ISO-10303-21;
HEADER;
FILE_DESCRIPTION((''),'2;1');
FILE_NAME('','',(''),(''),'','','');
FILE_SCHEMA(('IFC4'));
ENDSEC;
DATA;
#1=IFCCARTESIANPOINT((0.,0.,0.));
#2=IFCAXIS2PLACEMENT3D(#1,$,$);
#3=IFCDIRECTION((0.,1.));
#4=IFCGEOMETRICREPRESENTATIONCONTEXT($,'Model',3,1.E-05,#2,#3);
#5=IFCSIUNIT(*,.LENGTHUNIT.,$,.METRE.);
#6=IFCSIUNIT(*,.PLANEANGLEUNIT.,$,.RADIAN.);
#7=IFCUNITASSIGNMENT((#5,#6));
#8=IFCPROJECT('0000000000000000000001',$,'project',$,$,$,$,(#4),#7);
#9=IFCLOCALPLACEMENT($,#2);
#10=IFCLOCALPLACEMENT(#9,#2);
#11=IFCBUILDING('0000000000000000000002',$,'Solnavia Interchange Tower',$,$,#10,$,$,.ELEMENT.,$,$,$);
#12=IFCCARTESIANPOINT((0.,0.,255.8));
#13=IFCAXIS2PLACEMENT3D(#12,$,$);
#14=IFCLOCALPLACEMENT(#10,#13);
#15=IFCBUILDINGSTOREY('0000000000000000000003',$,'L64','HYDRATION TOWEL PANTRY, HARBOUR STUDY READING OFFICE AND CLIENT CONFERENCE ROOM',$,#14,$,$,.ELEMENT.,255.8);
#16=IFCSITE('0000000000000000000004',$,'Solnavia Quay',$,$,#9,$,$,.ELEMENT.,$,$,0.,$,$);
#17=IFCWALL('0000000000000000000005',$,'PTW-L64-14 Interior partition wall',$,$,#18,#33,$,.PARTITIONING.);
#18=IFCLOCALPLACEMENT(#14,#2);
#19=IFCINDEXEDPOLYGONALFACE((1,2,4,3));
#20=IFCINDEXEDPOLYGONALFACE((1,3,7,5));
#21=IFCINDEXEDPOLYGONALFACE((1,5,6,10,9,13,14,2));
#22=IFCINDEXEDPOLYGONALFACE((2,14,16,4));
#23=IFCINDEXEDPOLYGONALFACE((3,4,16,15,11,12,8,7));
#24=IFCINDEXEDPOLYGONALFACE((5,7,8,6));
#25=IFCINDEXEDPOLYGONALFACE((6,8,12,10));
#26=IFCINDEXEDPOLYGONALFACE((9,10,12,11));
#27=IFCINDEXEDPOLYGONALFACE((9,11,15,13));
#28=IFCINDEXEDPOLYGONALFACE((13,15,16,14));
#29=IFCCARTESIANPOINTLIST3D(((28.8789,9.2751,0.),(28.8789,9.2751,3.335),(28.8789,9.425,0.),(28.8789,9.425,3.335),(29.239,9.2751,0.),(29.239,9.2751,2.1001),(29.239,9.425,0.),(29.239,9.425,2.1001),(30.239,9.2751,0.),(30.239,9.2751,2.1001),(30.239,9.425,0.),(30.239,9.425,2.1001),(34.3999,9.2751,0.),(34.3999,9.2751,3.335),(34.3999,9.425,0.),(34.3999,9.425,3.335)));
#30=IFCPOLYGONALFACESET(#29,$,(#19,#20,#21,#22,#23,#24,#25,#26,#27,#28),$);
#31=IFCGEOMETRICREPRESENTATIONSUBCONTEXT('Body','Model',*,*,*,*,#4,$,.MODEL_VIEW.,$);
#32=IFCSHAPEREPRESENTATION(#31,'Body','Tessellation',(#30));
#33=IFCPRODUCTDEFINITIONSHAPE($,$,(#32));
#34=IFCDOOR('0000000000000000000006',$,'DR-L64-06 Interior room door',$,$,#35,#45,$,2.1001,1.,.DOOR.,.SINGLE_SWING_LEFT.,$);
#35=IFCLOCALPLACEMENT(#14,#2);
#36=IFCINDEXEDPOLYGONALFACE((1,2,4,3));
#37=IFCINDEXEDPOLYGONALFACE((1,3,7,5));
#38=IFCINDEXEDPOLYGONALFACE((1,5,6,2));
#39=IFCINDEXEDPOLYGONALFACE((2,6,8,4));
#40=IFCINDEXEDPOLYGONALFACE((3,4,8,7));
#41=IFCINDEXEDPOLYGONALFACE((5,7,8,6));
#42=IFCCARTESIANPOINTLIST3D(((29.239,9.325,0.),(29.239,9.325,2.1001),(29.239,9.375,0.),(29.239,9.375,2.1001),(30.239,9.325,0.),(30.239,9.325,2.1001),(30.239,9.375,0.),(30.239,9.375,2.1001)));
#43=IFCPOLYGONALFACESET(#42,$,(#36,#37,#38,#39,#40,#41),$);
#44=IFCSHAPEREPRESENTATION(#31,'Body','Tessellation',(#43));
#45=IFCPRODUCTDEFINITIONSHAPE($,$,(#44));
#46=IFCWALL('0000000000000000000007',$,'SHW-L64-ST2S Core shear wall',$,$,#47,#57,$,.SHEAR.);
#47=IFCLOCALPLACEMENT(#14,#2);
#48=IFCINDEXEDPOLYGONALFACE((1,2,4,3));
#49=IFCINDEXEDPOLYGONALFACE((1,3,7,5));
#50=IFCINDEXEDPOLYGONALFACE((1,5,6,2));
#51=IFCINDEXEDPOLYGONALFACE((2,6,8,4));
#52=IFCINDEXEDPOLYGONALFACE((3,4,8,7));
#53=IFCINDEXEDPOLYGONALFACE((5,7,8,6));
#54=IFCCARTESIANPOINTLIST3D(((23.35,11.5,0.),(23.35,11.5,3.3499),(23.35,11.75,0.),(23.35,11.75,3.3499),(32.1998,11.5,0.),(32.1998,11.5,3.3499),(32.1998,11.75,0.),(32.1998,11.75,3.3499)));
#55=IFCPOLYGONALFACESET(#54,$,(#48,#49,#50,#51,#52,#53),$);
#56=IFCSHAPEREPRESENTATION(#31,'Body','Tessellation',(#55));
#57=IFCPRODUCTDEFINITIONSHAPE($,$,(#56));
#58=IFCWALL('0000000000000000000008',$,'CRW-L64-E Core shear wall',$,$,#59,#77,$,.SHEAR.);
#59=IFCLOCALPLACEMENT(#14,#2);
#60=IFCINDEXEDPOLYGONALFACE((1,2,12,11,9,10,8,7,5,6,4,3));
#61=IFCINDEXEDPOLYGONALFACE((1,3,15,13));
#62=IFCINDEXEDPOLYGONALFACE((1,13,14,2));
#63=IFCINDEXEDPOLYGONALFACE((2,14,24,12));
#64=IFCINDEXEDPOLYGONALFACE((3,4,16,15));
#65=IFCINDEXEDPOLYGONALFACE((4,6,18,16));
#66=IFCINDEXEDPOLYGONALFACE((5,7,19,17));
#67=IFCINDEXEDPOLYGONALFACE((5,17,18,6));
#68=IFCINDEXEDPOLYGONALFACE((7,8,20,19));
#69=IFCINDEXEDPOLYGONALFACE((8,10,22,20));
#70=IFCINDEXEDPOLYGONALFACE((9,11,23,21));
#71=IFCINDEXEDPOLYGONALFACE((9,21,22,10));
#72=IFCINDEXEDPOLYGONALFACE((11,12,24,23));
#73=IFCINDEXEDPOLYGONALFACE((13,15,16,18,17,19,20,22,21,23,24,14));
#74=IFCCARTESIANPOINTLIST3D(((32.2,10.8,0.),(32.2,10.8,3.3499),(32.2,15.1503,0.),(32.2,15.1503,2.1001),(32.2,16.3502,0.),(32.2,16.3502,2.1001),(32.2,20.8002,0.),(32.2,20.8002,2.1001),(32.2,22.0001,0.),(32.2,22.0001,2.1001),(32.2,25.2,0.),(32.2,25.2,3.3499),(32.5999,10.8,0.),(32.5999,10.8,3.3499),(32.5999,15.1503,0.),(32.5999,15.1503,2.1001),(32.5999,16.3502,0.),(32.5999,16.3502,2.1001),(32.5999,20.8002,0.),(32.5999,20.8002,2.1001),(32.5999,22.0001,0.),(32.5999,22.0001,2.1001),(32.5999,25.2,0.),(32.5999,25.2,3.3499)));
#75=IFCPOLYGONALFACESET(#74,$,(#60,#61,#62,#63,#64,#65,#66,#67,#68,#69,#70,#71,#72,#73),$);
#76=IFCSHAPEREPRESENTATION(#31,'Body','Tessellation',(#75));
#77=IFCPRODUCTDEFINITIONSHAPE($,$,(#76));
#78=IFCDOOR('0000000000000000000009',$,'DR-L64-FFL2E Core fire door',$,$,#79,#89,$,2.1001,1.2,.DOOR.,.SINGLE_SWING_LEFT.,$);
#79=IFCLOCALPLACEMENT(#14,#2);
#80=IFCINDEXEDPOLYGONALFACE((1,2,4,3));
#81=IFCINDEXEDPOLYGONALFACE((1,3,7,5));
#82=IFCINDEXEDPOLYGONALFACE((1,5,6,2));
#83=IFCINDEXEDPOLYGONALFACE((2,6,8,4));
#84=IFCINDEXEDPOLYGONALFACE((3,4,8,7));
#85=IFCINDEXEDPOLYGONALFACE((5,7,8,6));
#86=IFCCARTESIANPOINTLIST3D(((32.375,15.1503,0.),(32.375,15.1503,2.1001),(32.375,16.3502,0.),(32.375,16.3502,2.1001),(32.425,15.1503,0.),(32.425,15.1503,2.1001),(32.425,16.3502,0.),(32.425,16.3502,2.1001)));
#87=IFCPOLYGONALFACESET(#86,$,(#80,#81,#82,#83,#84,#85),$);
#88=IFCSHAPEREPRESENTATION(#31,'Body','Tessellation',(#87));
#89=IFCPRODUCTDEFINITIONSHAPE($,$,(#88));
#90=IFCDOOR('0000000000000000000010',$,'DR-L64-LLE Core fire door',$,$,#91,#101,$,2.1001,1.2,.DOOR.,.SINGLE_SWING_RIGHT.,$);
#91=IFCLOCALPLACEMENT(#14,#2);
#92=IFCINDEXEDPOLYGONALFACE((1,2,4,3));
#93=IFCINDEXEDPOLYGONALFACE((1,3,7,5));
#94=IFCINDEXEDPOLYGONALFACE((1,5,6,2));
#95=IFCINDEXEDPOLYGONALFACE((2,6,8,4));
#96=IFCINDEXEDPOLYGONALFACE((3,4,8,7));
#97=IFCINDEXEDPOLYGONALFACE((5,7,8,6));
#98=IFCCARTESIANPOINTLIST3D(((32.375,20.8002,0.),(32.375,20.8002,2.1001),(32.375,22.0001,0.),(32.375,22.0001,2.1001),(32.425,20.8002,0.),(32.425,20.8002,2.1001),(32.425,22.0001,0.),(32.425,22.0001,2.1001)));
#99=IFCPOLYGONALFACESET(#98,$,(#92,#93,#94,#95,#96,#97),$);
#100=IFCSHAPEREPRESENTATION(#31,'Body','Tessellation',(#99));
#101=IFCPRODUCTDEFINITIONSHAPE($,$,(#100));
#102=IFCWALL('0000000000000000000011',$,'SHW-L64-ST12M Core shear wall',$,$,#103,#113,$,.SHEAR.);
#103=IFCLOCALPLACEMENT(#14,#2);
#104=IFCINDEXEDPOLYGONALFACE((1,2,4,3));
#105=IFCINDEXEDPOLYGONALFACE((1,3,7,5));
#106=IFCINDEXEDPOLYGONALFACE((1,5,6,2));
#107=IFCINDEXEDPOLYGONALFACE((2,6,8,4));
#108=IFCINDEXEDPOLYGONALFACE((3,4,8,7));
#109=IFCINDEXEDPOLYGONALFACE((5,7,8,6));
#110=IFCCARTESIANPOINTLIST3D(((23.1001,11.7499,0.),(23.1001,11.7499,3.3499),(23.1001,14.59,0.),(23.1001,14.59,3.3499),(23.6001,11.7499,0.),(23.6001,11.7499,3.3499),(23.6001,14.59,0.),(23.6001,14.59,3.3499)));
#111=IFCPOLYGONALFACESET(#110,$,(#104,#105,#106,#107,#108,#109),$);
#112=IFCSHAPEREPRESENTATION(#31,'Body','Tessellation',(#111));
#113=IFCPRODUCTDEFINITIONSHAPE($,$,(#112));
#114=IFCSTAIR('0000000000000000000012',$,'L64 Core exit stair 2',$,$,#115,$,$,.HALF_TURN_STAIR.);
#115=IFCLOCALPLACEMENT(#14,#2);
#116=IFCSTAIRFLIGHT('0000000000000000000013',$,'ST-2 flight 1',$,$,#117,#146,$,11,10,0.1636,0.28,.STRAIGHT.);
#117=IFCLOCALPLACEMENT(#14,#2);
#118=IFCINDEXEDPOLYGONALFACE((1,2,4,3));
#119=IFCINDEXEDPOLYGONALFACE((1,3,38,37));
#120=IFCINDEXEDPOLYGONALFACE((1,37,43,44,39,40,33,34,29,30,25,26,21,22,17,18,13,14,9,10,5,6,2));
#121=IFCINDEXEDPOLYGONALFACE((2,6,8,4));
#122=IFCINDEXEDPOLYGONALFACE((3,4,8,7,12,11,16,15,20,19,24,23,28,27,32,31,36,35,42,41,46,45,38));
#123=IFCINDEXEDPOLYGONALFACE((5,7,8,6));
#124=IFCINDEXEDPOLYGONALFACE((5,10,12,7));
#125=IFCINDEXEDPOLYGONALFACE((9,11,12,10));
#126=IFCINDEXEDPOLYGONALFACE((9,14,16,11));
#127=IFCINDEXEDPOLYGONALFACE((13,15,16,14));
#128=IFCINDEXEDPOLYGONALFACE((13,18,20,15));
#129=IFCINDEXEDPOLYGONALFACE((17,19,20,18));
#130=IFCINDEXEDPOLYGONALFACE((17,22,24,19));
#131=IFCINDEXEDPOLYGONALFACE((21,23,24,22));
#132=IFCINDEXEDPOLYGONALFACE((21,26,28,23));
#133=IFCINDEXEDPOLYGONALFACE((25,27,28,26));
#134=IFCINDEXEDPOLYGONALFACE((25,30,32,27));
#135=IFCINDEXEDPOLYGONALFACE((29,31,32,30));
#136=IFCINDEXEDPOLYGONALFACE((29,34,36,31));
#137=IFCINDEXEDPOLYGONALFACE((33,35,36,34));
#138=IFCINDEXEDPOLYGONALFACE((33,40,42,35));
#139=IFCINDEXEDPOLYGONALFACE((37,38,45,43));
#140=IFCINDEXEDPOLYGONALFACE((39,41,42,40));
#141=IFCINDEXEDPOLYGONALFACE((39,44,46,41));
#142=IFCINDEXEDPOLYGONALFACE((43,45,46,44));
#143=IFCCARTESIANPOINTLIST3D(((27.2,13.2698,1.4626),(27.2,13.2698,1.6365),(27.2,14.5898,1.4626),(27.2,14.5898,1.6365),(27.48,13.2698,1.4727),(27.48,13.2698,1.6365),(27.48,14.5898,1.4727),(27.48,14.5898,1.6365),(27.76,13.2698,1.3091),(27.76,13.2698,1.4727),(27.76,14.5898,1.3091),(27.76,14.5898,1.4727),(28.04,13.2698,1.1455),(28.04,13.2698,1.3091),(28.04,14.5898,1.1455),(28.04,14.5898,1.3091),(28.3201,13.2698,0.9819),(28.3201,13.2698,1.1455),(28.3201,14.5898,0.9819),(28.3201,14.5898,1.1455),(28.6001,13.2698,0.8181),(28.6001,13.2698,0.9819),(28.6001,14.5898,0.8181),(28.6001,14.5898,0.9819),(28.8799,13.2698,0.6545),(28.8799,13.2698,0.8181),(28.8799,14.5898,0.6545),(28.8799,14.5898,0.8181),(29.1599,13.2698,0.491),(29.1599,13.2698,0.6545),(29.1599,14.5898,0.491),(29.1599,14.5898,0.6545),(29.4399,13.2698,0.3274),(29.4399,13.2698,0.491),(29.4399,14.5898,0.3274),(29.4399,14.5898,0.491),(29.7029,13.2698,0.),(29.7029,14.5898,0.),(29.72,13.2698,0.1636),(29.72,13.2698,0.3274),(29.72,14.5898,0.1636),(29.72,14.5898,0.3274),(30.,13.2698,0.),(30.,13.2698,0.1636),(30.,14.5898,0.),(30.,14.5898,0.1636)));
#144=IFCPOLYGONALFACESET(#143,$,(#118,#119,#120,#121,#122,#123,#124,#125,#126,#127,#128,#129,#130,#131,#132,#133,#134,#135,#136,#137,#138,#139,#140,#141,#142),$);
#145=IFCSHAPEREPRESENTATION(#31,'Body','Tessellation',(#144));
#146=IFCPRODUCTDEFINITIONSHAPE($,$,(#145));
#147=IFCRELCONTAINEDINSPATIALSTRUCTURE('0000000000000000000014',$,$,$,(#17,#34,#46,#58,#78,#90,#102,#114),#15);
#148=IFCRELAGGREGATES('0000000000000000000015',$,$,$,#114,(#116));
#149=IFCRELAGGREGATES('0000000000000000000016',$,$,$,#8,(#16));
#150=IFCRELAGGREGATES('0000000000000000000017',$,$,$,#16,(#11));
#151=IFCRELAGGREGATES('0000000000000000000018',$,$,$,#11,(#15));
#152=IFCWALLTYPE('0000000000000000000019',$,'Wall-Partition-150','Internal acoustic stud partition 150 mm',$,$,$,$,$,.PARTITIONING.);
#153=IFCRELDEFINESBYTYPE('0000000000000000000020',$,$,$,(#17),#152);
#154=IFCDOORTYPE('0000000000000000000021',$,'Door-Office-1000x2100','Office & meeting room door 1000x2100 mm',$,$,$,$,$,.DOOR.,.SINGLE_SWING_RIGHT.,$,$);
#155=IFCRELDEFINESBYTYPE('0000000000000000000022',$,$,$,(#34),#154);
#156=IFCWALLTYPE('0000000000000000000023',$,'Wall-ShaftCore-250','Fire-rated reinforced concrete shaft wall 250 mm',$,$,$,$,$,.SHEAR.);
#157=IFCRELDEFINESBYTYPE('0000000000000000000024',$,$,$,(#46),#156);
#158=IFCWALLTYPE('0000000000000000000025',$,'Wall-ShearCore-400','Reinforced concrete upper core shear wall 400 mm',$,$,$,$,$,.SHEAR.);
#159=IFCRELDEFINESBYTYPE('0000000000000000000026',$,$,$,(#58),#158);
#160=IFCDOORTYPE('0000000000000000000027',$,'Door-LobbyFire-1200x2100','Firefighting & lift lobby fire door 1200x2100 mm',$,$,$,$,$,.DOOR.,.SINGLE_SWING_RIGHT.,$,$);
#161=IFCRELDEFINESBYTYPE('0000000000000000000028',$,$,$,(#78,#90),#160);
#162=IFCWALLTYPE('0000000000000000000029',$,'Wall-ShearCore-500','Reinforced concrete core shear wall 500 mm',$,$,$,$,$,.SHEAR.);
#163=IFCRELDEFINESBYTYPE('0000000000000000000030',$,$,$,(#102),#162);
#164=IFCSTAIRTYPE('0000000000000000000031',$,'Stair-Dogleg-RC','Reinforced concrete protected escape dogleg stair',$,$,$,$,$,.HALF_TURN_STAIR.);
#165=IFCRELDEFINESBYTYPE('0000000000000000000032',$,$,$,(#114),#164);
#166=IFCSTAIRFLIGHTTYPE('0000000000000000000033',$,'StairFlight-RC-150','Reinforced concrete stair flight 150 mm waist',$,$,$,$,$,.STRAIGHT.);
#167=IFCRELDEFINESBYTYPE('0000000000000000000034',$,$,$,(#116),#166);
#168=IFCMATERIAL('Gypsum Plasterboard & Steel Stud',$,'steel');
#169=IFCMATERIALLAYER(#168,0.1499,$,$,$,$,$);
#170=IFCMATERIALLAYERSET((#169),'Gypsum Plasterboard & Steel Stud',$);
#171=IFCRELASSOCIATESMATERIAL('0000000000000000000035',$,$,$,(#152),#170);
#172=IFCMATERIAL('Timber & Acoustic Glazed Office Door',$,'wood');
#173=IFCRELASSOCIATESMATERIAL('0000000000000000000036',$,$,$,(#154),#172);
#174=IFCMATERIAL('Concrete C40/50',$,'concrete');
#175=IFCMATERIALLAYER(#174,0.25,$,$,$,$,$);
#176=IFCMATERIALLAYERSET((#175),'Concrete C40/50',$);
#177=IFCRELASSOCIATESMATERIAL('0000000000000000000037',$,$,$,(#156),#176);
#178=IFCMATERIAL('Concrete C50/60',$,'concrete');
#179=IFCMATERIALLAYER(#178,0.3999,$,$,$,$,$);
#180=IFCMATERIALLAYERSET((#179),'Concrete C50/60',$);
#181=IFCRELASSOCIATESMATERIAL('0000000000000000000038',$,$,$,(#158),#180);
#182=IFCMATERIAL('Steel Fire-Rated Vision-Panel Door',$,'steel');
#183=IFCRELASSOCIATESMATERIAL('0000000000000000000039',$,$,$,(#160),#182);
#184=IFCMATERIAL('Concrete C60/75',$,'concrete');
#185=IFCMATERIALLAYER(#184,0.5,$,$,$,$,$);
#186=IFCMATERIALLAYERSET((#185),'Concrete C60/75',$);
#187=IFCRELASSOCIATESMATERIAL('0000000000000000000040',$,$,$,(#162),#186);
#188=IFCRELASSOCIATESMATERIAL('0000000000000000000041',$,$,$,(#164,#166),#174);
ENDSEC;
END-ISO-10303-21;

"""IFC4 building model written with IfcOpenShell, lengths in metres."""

from ifc_helpers import new_model, si_unit, direction, frame, frame_2d, origin, place, context, subcontext, project, spatial, polyline, rectangle, outline, extrude, material, layer, layer_set, type_object, element, fill, aggregate, save


model = new_model("IFC4")

# Units and contexts
model_context = context("Model", 3, precision=1e-05, world=origin(), true_north=direction((0.0, 1.0)))
body_context = subcontext(model_context, "Body", "Model", "MODEL_VIEW")
ifc_project = project(units=[si_unit("LENGTHUNIT", "METRE"), si_unit("PLANEANGLEUNIT", "RADIAN")], contexts=[model_context])

# Site, building, storey
site_placement = place(None, origin())
site = spatial("IfcSite", under=ifc_project, at=site_placement, Name="Solnavia Quay", CompositionType="ELEMENT", RefElevation=0.0)
building_placement = place(site_placement, origin())
building = spatial("IfcBuilding", under=site, at=building_placement, Name="Solnavia Interchange Tower", CompositionType="ELEMENT")
storey_placement = place(building_placement, frame((0.0, 0.0, 255.8)))
storey = spatial("IfcBuildingStorey", under=building, at=storey_placement, Name="L64", Description="HYDRATION TOWEL PANTRY, HARBOUR STUDY READING OFFICE AND CLIENT CONFERENCE ROOM", CompositionType="ELEMENT", Elevation=255.8)

# Shared definitions
ifc_material_1 = material(Name="Concrete C50/60", Category="concrete")

# Shared definitions
ifc_material_2 = material(Name="Concrete C40/50", Category="concrete")

# Shared definitions
ifc_material_3 = material(Name="Gypsum Plasterboard & Steel Stud", Category="steel")
ifc_layer_1 = layer(ifc_material_3, 0.1499)
ifc_layer_set_1 = layer_set([ifc_layer_1], Name="Gypsum Plasterboard & Steel Stud")
wall_type_1 = type_object("IfcWallType", Name="Wall-Partition-150", Description="Internal acoustic stud partition 150 mm", PredefinedType="PARTITIONING", material=ifc_layer_set_1)

# Wall, opening, door
wall_1_placement = place(storey_placement, frame((28.8789, 9.3501, 0.0), z_axis=(0.0, 0.0, 1.0), x_axis=(1.0, 0.0, 0.0)))
wall_1 = element("IfcWall", 1, at=wall_1_placement, inside=storey, type_object=wall_type_1, Name="PTW-L64-14 Interior partition wall", PredefinedType="PARTITIONING", context=body_context, shape_type="SweptSolid", body=[
    extrude(rectangle(XDim=5.521, YDim=0.1499, at=frame_2d((2.7605, 0.0))), origin(), (0.0, 0.0, 1.0), 3.335),
])
opening_1_placement = place(wall_1_placement, frame((0.3601, 0.0, 0.0)))
opening_1 = element("IfcOpeningElement", 2, at=opening_1_placement, cuts=wall_1, PredefinedType="OPENING", context=body_context, shape_type="SweptSolid", body=[
    extrude(rectangle(XDim=1.0, YDim=2.1001, at=frame_2d((0.5, 1.05))), frame((0.0, 0.085, 0.0), z_axis=(0.0, -1.0, 0.0), x_axis=(1.0, 0.0, 0.0)), (0.0, 0.0, 1.0), 0.1699),
])
ifc_material_4 = material(Name="Timber & Acoustic Glazed Office Door", Category="wood")
door_type_1 = type_object("IfcDoorType", Name="Door-Office-1000x2100", Description="Office & meeting room door 1000x2100 mm", OperationType="SINGLE_SWING_RIGHT", PredefinedType="DOOR", material=ifc_material_4)
door_1_placement = place(opening_1_placement, origin())
door_1 = element("IfcDoor", 3, at=door_1_placement, inside=storey, type_object=door_type_1, Name="DR-L64-06 Interior room door", OperationType="SINGLE_SWING_LEFT", OverallHeight=2.1001, OverallWidth=1.0, PredefinedType="DOOR", context=body_context, shape_type="SweptSolid", body=[
    extrude(rectangle(XDim=1.0, YDim=2.1001, at=frame_2d((0.5, 1.05))), frame((0.0, 0.0249, 0.0), z_axis=(0.0, -1.0, 0.0), x_axis=(1.0, 0.0, 0.0)), (0.0, 0.0, 1.0), 0.05),
])
fill(opening_1, door_1)

# Wall
ifc_layer_2 = layer(ifc_material_2, 0.25)
ifc_layer_set_2 = layer_set([ifc_layer_2], Name="Concrete C40/50")
wall_type_2 = type_object("IfcWallType", Name="Wall-ShaftCore-250", Description="Fire-rated reinforced concrete shaft wall 250 mm", PredefinedType="SHEAR", material=ifc_layer_set_2)
wall_2_placement = place(storey_placement, frame((23.3501, 11.625, 0.0), z_axis=(0.0, 0.0, 1.0), x_axis=(1.0, 0.0, 0.0)))
element("IfcWall", 4, at=wall_2_placement, inside=storey, type_object=wall_type_2, Name="SHW-L64-ST2S Core shear wall", PredefinedType="SHEAR", context=body_context, shape_type="SweptSolid", body=[
    extrude(rectangle(XDim=8.8499, YDim=0.25, at=frame_2d((4.4248, 0.0))), origin(), (0.0, 0.0, 1.0), 3.3499),
])

# Wall, openings, doors
ifc_layer_3 = layer(ifc_material_1, 0.3999)
ifc_layer_set_3 = layer_set([ifc_layer_3], Name="Concrete C50/60")
wall_type_3 = type_object("IfcWallType", Name="Wall-ShearCore-400", Description="Reinforced concrete upper core shear wall 400 mm", PredefinedType="SHEAR", material=ifc_layer_set_3)
wall_3_placement = place(storey_placement, frame((32.3999, 10.8, 0.0), z_axis=(0.0, 0.0, 1.0), x_axis=(0.0, 1.0, 0.0)))
wall_3 = element("IfcWall", 5, at=wall_3_placement, inside=storey, type_object=wall_type_3, Name="CRW-L64-E Core shear wall", PredefinedType="SHEAR", context=body_context, shape_type="SweptSolid", body=[
    extrude(rectangle(XDim=14.3999, YDim=0.3999, at=frame_2d((7.2, 0.0))), origin(), (0.0, 0.0, 1.0), 3.3499),
])
opening_2_placement = place(wall_3_placement, frame((4.3501, 0.0, 0.0)))
opening_2 = element("IfcOpeningElement", 6, at=opening_2_placement, cuts=wall_3, PredefinedType="OPENING", context=body_context, shape_type="SweptSolid", body=[
    extrude(rectangle(XDim=1.2, YDim=2.1001, at=frame_2d((0.6001, 1.05))), frame((0.0, 0.21, 0.0), z_axis=(0.0, -1.0, 0.0), x_axis=(1.0, 0.0, 0.0)), (0.0, 0.0, 1.0), 0.4199),
])
opening_3_placement = place(wall_3_placement, frame((10.0, 0.0, 0.0)))
opening_3 = element("IfcOpeningElement", 7, at=opening_3_placement, cuts=wall_3, PredefinedType="OPENING", context=body_context, shape_type="SweptSolid", body=[
    extrude(rectangle(XDim=1.2, YDim=2.1001, at=frame_2d((0.6001, 1.05))), frame((0.0, 0.21, 0.0), z_axis=(0.0, -1.0, 0.0), x_axis=(1.0, 0.0, 0.0)), (0.0, 0.0, 1.0), 0.4199),
])
ifc_material_5 = material(Name="Steel Fire-Rated Vision-Panel Door", Category="steel")
door_type_2 = type_object("IfcDoorType", Name="Door-LobbyFire-1200x2100", Description="Firefighting & lift lobby fire door 1200x2100 mm", OperationType="SINGLE_SWING_RIGHT", PredefinedType="DOOR", material=ifc_material_5)
door_2_placement = place(opening_2_placement, origin())
door_2 = element("IfcDoor", 8, at=door_2_placement, inside=storey, type_object=door_type_2, Name="DR-L64-FFL2E Core fire door", OperationType="SINGLE_SWING_LEFT", OverallHeight=2.1001, OverallWidth=1.2, PredefinedType="DOOR", context=body_context, shape_type="SweptSolid", body=[
    extrude(rectangle(XDim=1.2, YDim=2.1001, at=frame_2d((0.6001, 1.05))), frame((0.0, 0.0249, 0.0), z_axis=(0.0, -1.0, 0.0), x_axis=(1.0, 0.0, 0.0)), (0.0, 0.0, 1.0), 0.05),
])
fill(opening_2, door_2)
door_3_placement = place(opening_3_placement, origin())
door_3 = element("IfcDoor", 9, at=door_3_placement, inside=storey, type_object=door_type_2, Name="DR-L64-LLE Core fire door", OperationType="SINGLE_SWING_RIGHT", OverallHeight=2.1001, OverallWidth=1.2, PredefinedType="DOOR", context=body_context, shape_type="SweptSolid", body=[
    extrude(rectangle(XDim=1.2, YDim=2.1001, at=frame_2d((0.6001, 1.05))), frame((0.0, 0.0249, 0.0), z_axis=(0.0, -1.0, 0.0), x_axis=(1.0, 0.0, 0.0)), (0.0, 0.0, 1.0), 0.05),
])
fill(opening_3, door_3)

# Wall
ifc_material_6 = material(Name="Concrete C60/75", Category="concrete")
ifc_layer_4 = layer(ifc_material_6, 0.5)
ifc_layer_set_4 = layer_set([ifc_layer_4], Name="Concrete C60/75")
wall_type_4 = type_object("IfcWallType", Name="Wall-ShearCore-500", Description="Reinforced concrete core shear wall 500 mm", PredefinedType="SHEAR", material=ifc_layer_set_4)
wall_4_placement = place(storey_placement, frame((23.3501, 11.75, 0.0), z_axis=(0.0, 0.0, 1.0), x_axis=(0.0, 1.0, 0.0)))
element("IfcWall", 10, at=wall_4_placement, inside=storey, type_object=wall_type_4, Name="SHW-L64-ST12M Core shear wall", PredefinedType="SHEAR", context=body_context, shape_type="SweptSolid", body=[
    extrude(rectangle(XDim=2.8401, YDim=0.5, at=frame_2d((1.4199, 0.0))), origin(), (0.0, 0.0, 1.0), 3.3499),
])

# Stair, stair flight
stair_type = type_object("IfcStairType", Name="Stair-Dogleg-RC", Description="Reinforced concrete protected escape dogleg stair", PredefinedType="HALF_TURN_STAIR", material=ifc_material_2)
stair_placement = place(storey_placement, origin())
stair = element("IfcStair", 11, at=stair_placement, inside=storey, type_object=stair_type, Name="L64 Core exit stair 2", PredefinedType="HALF_TURN_STAIR")
stair_flight_type = type_object("IfcStairFlightType", Name="StairFlight-RC-150", Description="Reinforced concrete stair flight 150 mm waist", PredefinedType="STRAIGHT", material=ifc_material_2)
stair_flight_1_placement = place(storey_placement, frame((30.0, 13.9299, 0.0), z_axis=(0.0, 0.0, 1.0), x_axis=(-1.0, 0.0, 0.0)))
stair_flight_1 = element("IfcStairFlight", 12, at=stair_flight_1_placement, type_object=stair_flight_type, Name="ST-2 flight 1", NumberOfRisers=11, NumberOfTreads=10, PredefinedType="STRAIGHT", RiserHeight=0.1636, TreadLength=0.28, context=body_context, shape_type="SweptSolid", body=[
    extrude(outline(polyline([(0.0, 0.0), (0.0, 0.1636), (0.28, 0.1636), (0.28, 0.3274), (0.5601, 0.3274), (0.5601, 0.491), (0.8401, 0.491), (0.8401, 0.6545), (1.1201, 0.6545), (1.1201, 0.8181), (1.3999, 0.8181), (1.3999, 0.9819), (1.6799, 0.9819), (1.6799, 1.1455), (1.96, 1.1455), (1.96, 1.3091), (2.24, 1.3091), (2.24, 1.4727), (2.52, 1.4727), (2.52, 1.6365), (2.8, 1.6365), (2.8, 1.8), (2.8, 1.4626), (0.2971, 0.0), (0.0, 0.0)])), frame((0.0, 0.6602, 0.0), z_axis=(0.0, -1.0, 0.0), x_axis=(1.0, 0.0, 0.0)), (0.0, 0.0, 1.0), 1.3201),
])
aggregate(stair, [stair_flight_1])

save(model, "model.ifc")
